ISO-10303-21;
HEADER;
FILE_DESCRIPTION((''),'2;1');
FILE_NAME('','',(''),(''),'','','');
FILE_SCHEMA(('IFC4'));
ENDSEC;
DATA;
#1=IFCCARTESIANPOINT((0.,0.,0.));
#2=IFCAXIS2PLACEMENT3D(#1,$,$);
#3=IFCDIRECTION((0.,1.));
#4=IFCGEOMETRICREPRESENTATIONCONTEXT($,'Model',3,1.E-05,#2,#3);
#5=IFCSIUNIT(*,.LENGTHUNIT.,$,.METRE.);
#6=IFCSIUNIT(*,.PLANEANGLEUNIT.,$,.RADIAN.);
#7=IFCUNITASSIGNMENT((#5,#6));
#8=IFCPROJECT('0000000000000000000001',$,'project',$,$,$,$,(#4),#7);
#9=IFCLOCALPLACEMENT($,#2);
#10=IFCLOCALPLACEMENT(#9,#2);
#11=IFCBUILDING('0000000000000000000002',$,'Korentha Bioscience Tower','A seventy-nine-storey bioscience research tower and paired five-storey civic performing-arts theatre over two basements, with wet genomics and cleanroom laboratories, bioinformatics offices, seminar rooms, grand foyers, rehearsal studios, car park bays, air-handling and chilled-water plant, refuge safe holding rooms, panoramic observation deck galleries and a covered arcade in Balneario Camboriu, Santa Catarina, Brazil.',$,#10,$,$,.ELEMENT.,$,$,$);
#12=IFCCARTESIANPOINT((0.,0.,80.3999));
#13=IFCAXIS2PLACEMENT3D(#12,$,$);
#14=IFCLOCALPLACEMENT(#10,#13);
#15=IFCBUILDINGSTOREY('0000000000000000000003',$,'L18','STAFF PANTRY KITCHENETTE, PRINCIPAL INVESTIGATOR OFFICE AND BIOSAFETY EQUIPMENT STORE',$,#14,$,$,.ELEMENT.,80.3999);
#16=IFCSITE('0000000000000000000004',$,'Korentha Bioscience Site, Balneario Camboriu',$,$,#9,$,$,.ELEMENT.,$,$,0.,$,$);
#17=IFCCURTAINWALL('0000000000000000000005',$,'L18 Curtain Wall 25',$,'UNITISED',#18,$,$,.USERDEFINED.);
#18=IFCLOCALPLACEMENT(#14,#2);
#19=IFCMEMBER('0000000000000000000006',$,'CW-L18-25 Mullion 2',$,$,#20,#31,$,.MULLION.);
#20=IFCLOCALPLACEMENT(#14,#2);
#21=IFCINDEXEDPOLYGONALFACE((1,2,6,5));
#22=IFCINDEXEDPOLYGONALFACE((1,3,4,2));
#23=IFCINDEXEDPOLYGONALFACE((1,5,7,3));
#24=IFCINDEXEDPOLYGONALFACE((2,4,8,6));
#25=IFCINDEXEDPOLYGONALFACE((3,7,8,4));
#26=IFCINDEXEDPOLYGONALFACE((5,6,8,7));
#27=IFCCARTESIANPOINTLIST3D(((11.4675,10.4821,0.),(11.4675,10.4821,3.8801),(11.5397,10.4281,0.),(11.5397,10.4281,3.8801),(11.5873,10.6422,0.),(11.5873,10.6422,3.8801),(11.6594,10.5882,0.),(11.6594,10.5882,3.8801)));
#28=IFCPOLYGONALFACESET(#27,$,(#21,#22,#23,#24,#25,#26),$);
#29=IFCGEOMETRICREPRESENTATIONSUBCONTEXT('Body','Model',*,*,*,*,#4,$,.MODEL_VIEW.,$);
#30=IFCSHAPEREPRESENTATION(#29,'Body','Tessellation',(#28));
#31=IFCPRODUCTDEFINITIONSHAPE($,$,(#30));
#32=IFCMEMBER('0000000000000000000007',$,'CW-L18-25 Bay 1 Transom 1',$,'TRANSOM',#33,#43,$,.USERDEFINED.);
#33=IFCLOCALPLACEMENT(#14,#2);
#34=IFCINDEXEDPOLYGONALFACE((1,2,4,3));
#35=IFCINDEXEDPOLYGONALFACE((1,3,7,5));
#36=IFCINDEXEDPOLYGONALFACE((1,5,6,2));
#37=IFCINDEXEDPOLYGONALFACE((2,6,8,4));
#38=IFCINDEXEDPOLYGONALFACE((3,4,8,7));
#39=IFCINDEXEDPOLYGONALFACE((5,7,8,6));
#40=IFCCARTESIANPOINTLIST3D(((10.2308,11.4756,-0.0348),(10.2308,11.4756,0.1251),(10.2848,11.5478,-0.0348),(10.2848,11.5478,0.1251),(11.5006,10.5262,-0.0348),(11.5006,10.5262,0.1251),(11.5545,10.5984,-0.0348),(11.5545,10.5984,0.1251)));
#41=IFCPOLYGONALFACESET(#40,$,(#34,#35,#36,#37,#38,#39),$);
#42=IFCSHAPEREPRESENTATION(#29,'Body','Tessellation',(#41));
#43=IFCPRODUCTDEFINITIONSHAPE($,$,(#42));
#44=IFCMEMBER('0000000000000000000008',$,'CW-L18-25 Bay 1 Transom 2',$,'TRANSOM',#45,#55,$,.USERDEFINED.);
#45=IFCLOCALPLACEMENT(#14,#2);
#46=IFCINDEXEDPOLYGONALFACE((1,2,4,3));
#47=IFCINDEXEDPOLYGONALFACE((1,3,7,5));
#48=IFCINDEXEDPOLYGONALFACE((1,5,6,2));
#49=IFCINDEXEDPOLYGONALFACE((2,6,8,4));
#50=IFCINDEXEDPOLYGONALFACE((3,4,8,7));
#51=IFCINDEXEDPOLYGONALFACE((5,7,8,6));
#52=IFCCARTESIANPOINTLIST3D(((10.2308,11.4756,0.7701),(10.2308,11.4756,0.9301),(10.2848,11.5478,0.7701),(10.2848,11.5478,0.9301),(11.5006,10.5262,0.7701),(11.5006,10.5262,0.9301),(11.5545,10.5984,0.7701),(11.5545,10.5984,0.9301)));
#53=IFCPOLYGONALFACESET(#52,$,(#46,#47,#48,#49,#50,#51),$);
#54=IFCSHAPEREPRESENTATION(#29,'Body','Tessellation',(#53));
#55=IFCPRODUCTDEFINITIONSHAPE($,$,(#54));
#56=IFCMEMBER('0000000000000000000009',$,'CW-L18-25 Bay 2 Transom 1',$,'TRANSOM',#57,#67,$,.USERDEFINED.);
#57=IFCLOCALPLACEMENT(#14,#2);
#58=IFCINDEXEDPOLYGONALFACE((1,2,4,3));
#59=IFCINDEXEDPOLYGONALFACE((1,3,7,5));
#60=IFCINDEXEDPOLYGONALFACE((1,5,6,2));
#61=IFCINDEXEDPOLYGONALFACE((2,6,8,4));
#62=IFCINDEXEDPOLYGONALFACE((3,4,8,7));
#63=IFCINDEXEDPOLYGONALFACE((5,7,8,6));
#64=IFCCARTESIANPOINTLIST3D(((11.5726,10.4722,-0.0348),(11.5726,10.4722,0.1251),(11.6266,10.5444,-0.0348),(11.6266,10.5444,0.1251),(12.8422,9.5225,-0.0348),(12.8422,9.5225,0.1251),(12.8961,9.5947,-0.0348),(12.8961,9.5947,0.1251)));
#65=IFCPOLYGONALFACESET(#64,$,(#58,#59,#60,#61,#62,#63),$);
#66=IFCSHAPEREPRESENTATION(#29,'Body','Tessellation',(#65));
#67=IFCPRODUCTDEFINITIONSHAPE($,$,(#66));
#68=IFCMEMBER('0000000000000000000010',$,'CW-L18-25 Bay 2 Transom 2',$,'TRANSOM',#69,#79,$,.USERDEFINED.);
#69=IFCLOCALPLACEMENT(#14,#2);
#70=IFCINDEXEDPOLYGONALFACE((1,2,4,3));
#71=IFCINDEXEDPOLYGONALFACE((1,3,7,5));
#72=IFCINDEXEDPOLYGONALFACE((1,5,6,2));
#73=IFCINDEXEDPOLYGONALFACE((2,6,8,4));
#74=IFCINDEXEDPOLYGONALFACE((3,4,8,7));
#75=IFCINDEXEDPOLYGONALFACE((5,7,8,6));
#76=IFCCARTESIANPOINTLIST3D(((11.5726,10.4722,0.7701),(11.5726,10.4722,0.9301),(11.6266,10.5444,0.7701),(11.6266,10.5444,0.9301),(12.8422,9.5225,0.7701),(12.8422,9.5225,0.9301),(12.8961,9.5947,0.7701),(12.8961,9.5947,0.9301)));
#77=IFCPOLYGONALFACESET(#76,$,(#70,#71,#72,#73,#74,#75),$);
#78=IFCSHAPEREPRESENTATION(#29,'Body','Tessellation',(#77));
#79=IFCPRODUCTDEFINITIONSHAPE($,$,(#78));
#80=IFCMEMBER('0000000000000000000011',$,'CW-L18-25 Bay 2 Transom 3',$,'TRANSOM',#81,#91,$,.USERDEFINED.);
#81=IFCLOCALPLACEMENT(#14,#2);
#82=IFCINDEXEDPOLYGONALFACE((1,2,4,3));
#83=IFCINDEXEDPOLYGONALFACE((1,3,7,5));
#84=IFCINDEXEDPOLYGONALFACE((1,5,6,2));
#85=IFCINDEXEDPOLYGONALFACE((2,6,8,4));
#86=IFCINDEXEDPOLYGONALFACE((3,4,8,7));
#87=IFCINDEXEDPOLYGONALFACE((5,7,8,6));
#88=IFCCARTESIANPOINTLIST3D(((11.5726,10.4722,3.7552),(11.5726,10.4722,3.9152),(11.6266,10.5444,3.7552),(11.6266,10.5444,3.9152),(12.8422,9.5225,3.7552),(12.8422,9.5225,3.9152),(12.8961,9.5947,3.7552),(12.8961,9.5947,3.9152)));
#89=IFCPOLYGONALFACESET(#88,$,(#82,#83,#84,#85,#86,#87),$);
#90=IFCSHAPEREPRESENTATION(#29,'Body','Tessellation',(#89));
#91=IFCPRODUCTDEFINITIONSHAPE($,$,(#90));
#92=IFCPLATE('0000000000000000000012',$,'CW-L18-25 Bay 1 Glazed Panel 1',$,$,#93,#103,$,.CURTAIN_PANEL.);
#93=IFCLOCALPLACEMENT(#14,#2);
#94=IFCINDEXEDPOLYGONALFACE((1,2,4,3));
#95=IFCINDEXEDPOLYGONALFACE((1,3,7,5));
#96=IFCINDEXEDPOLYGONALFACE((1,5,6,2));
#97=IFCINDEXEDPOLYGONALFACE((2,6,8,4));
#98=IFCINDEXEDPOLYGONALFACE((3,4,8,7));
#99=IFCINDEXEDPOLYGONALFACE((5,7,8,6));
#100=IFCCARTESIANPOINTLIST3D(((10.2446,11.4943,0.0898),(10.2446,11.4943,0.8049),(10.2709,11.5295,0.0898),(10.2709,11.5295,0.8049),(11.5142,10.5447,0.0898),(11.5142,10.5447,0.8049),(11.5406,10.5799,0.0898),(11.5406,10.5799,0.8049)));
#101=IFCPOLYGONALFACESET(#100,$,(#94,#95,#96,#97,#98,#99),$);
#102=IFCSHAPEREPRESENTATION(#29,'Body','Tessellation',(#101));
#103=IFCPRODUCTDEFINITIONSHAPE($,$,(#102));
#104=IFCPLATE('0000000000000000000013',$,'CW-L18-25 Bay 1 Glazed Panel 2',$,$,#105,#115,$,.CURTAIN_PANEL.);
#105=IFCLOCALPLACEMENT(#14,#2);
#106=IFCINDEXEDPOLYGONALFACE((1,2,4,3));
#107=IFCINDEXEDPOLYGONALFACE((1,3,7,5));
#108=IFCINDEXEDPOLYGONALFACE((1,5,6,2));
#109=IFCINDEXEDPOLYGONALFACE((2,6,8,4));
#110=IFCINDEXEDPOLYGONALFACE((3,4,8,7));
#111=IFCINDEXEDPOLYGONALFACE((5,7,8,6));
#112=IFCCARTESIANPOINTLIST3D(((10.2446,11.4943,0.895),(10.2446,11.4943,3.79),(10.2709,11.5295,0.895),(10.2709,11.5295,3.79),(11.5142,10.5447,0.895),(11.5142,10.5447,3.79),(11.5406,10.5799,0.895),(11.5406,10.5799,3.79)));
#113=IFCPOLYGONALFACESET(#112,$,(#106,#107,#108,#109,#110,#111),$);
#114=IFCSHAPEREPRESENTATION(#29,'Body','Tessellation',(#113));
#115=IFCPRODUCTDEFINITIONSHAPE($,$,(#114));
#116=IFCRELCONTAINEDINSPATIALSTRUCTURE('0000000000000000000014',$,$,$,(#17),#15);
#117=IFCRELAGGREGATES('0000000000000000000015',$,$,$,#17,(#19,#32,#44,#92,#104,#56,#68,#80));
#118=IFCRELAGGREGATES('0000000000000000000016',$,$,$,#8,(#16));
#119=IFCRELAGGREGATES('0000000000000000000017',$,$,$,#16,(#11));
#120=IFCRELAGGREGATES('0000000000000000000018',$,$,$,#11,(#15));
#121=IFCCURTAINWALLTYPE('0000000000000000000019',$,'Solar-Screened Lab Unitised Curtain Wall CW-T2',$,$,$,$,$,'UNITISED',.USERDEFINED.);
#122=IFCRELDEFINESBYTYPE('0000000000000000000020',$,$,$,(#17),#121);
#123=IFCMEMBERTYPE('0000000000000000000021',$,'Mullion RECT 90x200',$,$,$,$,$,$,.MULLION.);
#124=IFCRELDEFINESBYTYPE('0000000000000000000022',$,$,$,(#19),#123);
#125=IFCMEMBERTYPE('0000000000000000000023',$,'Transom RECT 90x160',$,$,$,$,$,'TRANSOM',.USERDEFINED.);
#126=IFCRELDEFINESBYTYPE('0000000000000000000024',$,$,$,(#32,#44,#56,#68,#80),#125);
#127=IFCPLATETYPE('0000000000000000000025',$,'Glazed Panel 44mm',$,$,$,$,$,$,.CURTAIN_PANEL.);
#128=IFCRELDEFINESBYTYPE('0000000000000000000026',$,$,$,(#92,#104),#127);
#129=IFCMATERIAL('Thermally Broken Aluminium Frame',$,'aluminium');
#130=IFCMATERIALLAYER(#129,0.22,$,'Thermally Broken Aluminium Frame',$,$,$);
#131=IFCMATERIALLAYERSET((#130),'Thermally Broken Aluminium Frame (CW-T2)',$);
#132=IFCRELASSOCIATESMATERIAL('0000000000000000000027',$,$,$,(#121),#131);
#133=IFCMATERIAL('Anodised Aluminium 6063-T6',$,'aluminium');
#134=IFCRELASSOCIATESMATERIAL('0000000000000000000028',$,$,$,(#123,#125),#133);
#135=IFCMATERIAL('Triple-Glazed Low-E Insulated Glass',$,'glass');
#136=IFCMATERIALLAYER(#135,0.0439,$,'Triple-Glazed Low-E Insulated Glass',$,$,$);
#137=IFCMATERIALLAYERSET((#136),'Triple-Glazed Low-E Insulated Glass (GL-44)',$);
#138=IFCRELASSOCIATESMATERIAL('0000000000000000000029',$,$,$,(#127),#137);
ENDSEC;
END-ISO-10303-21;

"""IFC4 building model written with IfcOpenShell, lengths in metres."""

from ifc_helpers import new_model, si_unit, direction, frame, origin, origin_2d, place, context, subcontext, project, spatial, rectangle, extrude, material, layer, layer_set, material_profile, profile_set, type_object, element, aggregate, save


model = new_model("IFC4")

# Units and contexts
model_context = context("Model", 3, precision=1e-05, world=origin(), true_north=direction((0.0, 1.0)))
body_context = subcontext(model_context, "Body", "Model", "MODEL_VIEW")
ifc_project = project(units=[si_unit("LENGTHUNIT", "METRE"), si_unit("PLANEANGLEUNIT", "RADIAN")], contexts=[model_context])

# Site, building, storey
site_placement = place(None, origin())
site = spatial("IfcSite", under=ifc_project, at=site_placement, Name="Korentha Bioscience Site, Balneario Camboriu", CompositionType="ELEMENT", RefElevation=0.0)
building_placement = place(site_placement, origin())
building = spatial("IfcBuilding", under=site, at=building_placement, Name="Korentha Bioscience Tower", Description="A seventy-nine-storey bioscience research tower and paired five-storey civic performing-arts theatre over two basements, with wet genomics and cleanroom laboratories, bioinformatics offices, seminar rooms, grand foyers, rehearsal studios, car park bays, air-handling and chilled-water plant, refuge safe holding rooms, panoramic observation deck galleries and a covered arcade in Balneario Camboriu, Santa Catarina, Brazil.", CompositionType="ELEMENT")
storey_placement = place(building_placement, frame((0.0, 0.0, 80.3999)))
storey = spatial("IfcBuildingStorey", under=building, at=storey_placement, Name="L18", Description="STAFF PANTRY KITCHENETTE, PRINCIPAL INVESTIGATOR OFFICE AND BIOSAFETY EQUIPMENT STORE", CompositionType="ELEMENT", Elevation=80.3999)

# Curtain wall, members, plates
ifc_material_1 = material(Name="Thermally Broken Aluminium Frame", Category="aluminium")
ifc_layer_1 = layer(ifc_material_1, 0.22, Name="Thermally Broken Aluminium Frame")
ifc_layer_set_1 = layer_set([ifc_layer_1], Name="Thermally Broken Aluminium Frame (CW-T2)")
curtain_wall_type = type_object("IfcCurtainWallType", Name="Solar-Screened Lab Unitised Curtain Wall CW-T2", ElementType="UNITISED", PredefinedType="USERDEFINED", material=ifc_layer_set_1)
curtain_wall_placement = place(storey_placement, origin())
curtain_wall = element("IfcCurtainWall", 1, at=curtain_wall_placement, inside=storey, type_object=curtain_wall_type, Name="L18 Curtain Wall 25", ObjectType="UNITISED", PredefinedType="USERDEFINED")
ifc_material_2 = material(Name="Anodised Aluminium 6063-T6", Category="aluminium")
ifc_material_profile_1 = material_profile(ifc_material_2, rectangle(XDim=0.0901, YDim=0.2, at=origin_2d()), Name="Anodised Aluminium 6063-T6")
ifc_profile_set_1 = profile_set([ifc_material_profile_1], Name="Anodised Aluminium 6063-T6 (CW-MUL)")
member_type_1 = type_object("IfcMemberType", Name="Mullion RECT 90x200", PredefinedType="MULLION", material=ifc_profile_set_1)
member_1_placement = place(storey_placement, frame((11.5635, 10.5352, 0.0), z_axis=(0.0, 0.0, 1.0), x_axis=(0.800798, -0.598935, 0.0)))
member_1 = element("IfcMember", 2, at=member_1_placement, type_object=member_type_1, Name="CW-L18-25 Mullion 2", PredefinedType="MULLION", context=body_context, shape_type="SweptSolid", body=[
    extrude(rectangle(XDim=0.0901, YDim=0.2, at=origin_2d()), origin(), (0.0, 0.0, 1.0), 3.8801),
])
ifc_material_profile_2 = material_profile(ifc_material_2, rectangle(XDim=0.0901, YDim=0.1599, at=origin_2d()), Name="Anodised Aluminium 6063-T6")
ifc_profile_set_2 = profile_set([ifc_material_profile_2], Name="Anodised Aluminium 6063-T6 (CW-TRN)")
member_type_2 = type_object("IfcMemberType", Name="Transom RECT 90x160", ElementType="TRANSOM", PredefinedType="USERDEFINED", material=ifc_profile_set_2)
member_2_placement = place(storey_placement, frame((10.2578, 11.5117, 0.0452), z_axis=(0.800868, -0.598841, 0.0), x_axis=(0.598841, 0.800868, 0.0)))
member_2 = element("IfcMember", 3, at=member_2_placement, type_object=member_type_2, Name="CW-L18-25 Bay 1 Transom 1", ObjectType="TRANSOM", PredefinedType="USERDEFINED", context=body_context, shape_type="SweptSolid", body=[
    extrude(rectangle(XDim=0.0901, YDim=0.1599, at=origin_2d()), origin(), (0.0, 0.0, 1.0), 1.5854),
])
member_3_placement = place(storey_placement, frame((10.2578, 11.5117, 0.8501), z_axis=(0.800868, -0.598841, 0.0), x_axis=(0.598841, 0.800868, 0.0)))
member_3 = element("IfcMember", 4, at=member_3_placement, type_object=member_type_2, Name="CW-L18-25 Bay 1 Transom 2", ObjectType="TRANSOM", PredefinedType="USERDEFINED", context=body_context, shape_type="SweptSolid", body=[
    extrude(rectangle(XDim=0.0901, YDim=0.1599, at=origin_2d()), origin(), (0.0, 0.0, 1.0), 1.5854),
])
member_4_placement = place(storey_placement, frame((11.5996, 10.5083, 0.0452), z_axis=(0.800739, -0.599014, 0.0), x_axis=(0.599014, 0.800739, 0.0)))
member_4 = element("IfcMember", 5, at=member_4_placement, type_object=member_type_2, Name="CW-L18-25 Bay 2 Transom 1", ObjectType="TRANSOM", PredefinedType="USERDEFINED", context=body_context, shape_type="SweptSolid", body=[
    extrude(rectangle(XDim=0.0901, YDim=0.1599, at=origin_2d()), origin(), (0.0, 0.0, 1.0), 1.5854),
])
member_5_placement = place(storey_placement, frame((11.5996, 10.5083, 0.8501), z_axis=(0.800739, -0.599014, 0.0), x_axis=(0.599014, 0.800739, 0.0)))
member_5 = element("IfcMember", 6, at=member_5_placement, type_object=member_type_2, Name="CW-L18-25 Bay 2 Transom 2", ObjectType="TRANSOM", PredefinedType="USERDEFINED", context=body_context, shape_type="SweptSolid", body=[
    extrude(rectangle(XDim=0.0901, YDim=0.1599, at=origin_2d()), origin(), (0.0, 0.0, 1.0), 1.5854),
])
member_6_placement = place(storey_placement, frame((11.5996, 10.5083, 3.8352), z_axis=(0.800739, -0.599014, 0.0), x_axis=(0.599014, 0.800739, 0.0)))
member_6 = element("IfcMember", 7, at=member_6_placement, type_object=member_type_2, Name="CW-L18-25 Bay 2 Transom 3", ObjectType="TRANSOM", PredefinedType="USERDEFINED", context=body_context, shape_type="SweptSolid", body=[
    extrude(rectangle(XDim=0.0901, YDim=0.1599, at=origin_2d()), origin(), (0.0, 0.0, 1.0), 1.5854),
])
ifc_material_3 = material(Name="Triple-Glazed Low-E Insulated Glass", Category="glass")
ifc_layer_2 = layer(ifc_material_3, 0.0439, Name="Triple-Glazed Low-E Insulated Glass")
ifc_layer_set_2 = layer_set([ifc_layer_2], Name="Triple-Glazed Low-E Insulated Glass (GL-44)")
plate_type = type_object("IfcPlateType", Name="Glazed Panel 44mm", PredefinedType="CURTAIN_PANEL", material=ifc_layer_set_2)
plate_1_placement = place(storey_placement, frame((10.8926, 11.0371, 0.0898), z_axis=(0.0, 0.0, 1.0), x_axis=(0.800798, -0.598935, 0.0)))
plate_1 = element("IfcPlate", 8, at=plate_1_placement, type_object=plate_type, Name="CW-L18-25 Bay 1 Glazed Panel 1", PredefinedType="CURTAIN_PANEL", context=body_context, shape_type="SweptSolid", body=[
    extrude(rectangle(XDim=1.5854, YDim=0.0439, at=origin_2d()), origin(), (0.0, 0.0, 1.0), 0.7151),
])
plate_2_placement = place(storey_placement, frame((10.8926, 11.0371, 0.895), z_axis=(0.0, 0.0, 1.0), x_axis=(0.800798, -0.598935, 0.0)))
plate_2 = element("IfcPlate", 9, at=plate_2_placement, type_object=plate_type, Name="CW-L18-25 Bay 1 Glazed Panel 2", PredefinedType="CURTAIN_PANEL", context=body_context, shape_type="SweptSolid", body=[
    extrude(rectangle(XDim=1.5854, YDim=0.0439, at=origin_2d()), origin(), (0.0, 0.0, 1.0), 2.895),
])
aggregate(curtain_wall, [member_1, member_2, member_3, plate_1, plate_2, member_4, member_5, member_6])

save(model, "model.ifc")
